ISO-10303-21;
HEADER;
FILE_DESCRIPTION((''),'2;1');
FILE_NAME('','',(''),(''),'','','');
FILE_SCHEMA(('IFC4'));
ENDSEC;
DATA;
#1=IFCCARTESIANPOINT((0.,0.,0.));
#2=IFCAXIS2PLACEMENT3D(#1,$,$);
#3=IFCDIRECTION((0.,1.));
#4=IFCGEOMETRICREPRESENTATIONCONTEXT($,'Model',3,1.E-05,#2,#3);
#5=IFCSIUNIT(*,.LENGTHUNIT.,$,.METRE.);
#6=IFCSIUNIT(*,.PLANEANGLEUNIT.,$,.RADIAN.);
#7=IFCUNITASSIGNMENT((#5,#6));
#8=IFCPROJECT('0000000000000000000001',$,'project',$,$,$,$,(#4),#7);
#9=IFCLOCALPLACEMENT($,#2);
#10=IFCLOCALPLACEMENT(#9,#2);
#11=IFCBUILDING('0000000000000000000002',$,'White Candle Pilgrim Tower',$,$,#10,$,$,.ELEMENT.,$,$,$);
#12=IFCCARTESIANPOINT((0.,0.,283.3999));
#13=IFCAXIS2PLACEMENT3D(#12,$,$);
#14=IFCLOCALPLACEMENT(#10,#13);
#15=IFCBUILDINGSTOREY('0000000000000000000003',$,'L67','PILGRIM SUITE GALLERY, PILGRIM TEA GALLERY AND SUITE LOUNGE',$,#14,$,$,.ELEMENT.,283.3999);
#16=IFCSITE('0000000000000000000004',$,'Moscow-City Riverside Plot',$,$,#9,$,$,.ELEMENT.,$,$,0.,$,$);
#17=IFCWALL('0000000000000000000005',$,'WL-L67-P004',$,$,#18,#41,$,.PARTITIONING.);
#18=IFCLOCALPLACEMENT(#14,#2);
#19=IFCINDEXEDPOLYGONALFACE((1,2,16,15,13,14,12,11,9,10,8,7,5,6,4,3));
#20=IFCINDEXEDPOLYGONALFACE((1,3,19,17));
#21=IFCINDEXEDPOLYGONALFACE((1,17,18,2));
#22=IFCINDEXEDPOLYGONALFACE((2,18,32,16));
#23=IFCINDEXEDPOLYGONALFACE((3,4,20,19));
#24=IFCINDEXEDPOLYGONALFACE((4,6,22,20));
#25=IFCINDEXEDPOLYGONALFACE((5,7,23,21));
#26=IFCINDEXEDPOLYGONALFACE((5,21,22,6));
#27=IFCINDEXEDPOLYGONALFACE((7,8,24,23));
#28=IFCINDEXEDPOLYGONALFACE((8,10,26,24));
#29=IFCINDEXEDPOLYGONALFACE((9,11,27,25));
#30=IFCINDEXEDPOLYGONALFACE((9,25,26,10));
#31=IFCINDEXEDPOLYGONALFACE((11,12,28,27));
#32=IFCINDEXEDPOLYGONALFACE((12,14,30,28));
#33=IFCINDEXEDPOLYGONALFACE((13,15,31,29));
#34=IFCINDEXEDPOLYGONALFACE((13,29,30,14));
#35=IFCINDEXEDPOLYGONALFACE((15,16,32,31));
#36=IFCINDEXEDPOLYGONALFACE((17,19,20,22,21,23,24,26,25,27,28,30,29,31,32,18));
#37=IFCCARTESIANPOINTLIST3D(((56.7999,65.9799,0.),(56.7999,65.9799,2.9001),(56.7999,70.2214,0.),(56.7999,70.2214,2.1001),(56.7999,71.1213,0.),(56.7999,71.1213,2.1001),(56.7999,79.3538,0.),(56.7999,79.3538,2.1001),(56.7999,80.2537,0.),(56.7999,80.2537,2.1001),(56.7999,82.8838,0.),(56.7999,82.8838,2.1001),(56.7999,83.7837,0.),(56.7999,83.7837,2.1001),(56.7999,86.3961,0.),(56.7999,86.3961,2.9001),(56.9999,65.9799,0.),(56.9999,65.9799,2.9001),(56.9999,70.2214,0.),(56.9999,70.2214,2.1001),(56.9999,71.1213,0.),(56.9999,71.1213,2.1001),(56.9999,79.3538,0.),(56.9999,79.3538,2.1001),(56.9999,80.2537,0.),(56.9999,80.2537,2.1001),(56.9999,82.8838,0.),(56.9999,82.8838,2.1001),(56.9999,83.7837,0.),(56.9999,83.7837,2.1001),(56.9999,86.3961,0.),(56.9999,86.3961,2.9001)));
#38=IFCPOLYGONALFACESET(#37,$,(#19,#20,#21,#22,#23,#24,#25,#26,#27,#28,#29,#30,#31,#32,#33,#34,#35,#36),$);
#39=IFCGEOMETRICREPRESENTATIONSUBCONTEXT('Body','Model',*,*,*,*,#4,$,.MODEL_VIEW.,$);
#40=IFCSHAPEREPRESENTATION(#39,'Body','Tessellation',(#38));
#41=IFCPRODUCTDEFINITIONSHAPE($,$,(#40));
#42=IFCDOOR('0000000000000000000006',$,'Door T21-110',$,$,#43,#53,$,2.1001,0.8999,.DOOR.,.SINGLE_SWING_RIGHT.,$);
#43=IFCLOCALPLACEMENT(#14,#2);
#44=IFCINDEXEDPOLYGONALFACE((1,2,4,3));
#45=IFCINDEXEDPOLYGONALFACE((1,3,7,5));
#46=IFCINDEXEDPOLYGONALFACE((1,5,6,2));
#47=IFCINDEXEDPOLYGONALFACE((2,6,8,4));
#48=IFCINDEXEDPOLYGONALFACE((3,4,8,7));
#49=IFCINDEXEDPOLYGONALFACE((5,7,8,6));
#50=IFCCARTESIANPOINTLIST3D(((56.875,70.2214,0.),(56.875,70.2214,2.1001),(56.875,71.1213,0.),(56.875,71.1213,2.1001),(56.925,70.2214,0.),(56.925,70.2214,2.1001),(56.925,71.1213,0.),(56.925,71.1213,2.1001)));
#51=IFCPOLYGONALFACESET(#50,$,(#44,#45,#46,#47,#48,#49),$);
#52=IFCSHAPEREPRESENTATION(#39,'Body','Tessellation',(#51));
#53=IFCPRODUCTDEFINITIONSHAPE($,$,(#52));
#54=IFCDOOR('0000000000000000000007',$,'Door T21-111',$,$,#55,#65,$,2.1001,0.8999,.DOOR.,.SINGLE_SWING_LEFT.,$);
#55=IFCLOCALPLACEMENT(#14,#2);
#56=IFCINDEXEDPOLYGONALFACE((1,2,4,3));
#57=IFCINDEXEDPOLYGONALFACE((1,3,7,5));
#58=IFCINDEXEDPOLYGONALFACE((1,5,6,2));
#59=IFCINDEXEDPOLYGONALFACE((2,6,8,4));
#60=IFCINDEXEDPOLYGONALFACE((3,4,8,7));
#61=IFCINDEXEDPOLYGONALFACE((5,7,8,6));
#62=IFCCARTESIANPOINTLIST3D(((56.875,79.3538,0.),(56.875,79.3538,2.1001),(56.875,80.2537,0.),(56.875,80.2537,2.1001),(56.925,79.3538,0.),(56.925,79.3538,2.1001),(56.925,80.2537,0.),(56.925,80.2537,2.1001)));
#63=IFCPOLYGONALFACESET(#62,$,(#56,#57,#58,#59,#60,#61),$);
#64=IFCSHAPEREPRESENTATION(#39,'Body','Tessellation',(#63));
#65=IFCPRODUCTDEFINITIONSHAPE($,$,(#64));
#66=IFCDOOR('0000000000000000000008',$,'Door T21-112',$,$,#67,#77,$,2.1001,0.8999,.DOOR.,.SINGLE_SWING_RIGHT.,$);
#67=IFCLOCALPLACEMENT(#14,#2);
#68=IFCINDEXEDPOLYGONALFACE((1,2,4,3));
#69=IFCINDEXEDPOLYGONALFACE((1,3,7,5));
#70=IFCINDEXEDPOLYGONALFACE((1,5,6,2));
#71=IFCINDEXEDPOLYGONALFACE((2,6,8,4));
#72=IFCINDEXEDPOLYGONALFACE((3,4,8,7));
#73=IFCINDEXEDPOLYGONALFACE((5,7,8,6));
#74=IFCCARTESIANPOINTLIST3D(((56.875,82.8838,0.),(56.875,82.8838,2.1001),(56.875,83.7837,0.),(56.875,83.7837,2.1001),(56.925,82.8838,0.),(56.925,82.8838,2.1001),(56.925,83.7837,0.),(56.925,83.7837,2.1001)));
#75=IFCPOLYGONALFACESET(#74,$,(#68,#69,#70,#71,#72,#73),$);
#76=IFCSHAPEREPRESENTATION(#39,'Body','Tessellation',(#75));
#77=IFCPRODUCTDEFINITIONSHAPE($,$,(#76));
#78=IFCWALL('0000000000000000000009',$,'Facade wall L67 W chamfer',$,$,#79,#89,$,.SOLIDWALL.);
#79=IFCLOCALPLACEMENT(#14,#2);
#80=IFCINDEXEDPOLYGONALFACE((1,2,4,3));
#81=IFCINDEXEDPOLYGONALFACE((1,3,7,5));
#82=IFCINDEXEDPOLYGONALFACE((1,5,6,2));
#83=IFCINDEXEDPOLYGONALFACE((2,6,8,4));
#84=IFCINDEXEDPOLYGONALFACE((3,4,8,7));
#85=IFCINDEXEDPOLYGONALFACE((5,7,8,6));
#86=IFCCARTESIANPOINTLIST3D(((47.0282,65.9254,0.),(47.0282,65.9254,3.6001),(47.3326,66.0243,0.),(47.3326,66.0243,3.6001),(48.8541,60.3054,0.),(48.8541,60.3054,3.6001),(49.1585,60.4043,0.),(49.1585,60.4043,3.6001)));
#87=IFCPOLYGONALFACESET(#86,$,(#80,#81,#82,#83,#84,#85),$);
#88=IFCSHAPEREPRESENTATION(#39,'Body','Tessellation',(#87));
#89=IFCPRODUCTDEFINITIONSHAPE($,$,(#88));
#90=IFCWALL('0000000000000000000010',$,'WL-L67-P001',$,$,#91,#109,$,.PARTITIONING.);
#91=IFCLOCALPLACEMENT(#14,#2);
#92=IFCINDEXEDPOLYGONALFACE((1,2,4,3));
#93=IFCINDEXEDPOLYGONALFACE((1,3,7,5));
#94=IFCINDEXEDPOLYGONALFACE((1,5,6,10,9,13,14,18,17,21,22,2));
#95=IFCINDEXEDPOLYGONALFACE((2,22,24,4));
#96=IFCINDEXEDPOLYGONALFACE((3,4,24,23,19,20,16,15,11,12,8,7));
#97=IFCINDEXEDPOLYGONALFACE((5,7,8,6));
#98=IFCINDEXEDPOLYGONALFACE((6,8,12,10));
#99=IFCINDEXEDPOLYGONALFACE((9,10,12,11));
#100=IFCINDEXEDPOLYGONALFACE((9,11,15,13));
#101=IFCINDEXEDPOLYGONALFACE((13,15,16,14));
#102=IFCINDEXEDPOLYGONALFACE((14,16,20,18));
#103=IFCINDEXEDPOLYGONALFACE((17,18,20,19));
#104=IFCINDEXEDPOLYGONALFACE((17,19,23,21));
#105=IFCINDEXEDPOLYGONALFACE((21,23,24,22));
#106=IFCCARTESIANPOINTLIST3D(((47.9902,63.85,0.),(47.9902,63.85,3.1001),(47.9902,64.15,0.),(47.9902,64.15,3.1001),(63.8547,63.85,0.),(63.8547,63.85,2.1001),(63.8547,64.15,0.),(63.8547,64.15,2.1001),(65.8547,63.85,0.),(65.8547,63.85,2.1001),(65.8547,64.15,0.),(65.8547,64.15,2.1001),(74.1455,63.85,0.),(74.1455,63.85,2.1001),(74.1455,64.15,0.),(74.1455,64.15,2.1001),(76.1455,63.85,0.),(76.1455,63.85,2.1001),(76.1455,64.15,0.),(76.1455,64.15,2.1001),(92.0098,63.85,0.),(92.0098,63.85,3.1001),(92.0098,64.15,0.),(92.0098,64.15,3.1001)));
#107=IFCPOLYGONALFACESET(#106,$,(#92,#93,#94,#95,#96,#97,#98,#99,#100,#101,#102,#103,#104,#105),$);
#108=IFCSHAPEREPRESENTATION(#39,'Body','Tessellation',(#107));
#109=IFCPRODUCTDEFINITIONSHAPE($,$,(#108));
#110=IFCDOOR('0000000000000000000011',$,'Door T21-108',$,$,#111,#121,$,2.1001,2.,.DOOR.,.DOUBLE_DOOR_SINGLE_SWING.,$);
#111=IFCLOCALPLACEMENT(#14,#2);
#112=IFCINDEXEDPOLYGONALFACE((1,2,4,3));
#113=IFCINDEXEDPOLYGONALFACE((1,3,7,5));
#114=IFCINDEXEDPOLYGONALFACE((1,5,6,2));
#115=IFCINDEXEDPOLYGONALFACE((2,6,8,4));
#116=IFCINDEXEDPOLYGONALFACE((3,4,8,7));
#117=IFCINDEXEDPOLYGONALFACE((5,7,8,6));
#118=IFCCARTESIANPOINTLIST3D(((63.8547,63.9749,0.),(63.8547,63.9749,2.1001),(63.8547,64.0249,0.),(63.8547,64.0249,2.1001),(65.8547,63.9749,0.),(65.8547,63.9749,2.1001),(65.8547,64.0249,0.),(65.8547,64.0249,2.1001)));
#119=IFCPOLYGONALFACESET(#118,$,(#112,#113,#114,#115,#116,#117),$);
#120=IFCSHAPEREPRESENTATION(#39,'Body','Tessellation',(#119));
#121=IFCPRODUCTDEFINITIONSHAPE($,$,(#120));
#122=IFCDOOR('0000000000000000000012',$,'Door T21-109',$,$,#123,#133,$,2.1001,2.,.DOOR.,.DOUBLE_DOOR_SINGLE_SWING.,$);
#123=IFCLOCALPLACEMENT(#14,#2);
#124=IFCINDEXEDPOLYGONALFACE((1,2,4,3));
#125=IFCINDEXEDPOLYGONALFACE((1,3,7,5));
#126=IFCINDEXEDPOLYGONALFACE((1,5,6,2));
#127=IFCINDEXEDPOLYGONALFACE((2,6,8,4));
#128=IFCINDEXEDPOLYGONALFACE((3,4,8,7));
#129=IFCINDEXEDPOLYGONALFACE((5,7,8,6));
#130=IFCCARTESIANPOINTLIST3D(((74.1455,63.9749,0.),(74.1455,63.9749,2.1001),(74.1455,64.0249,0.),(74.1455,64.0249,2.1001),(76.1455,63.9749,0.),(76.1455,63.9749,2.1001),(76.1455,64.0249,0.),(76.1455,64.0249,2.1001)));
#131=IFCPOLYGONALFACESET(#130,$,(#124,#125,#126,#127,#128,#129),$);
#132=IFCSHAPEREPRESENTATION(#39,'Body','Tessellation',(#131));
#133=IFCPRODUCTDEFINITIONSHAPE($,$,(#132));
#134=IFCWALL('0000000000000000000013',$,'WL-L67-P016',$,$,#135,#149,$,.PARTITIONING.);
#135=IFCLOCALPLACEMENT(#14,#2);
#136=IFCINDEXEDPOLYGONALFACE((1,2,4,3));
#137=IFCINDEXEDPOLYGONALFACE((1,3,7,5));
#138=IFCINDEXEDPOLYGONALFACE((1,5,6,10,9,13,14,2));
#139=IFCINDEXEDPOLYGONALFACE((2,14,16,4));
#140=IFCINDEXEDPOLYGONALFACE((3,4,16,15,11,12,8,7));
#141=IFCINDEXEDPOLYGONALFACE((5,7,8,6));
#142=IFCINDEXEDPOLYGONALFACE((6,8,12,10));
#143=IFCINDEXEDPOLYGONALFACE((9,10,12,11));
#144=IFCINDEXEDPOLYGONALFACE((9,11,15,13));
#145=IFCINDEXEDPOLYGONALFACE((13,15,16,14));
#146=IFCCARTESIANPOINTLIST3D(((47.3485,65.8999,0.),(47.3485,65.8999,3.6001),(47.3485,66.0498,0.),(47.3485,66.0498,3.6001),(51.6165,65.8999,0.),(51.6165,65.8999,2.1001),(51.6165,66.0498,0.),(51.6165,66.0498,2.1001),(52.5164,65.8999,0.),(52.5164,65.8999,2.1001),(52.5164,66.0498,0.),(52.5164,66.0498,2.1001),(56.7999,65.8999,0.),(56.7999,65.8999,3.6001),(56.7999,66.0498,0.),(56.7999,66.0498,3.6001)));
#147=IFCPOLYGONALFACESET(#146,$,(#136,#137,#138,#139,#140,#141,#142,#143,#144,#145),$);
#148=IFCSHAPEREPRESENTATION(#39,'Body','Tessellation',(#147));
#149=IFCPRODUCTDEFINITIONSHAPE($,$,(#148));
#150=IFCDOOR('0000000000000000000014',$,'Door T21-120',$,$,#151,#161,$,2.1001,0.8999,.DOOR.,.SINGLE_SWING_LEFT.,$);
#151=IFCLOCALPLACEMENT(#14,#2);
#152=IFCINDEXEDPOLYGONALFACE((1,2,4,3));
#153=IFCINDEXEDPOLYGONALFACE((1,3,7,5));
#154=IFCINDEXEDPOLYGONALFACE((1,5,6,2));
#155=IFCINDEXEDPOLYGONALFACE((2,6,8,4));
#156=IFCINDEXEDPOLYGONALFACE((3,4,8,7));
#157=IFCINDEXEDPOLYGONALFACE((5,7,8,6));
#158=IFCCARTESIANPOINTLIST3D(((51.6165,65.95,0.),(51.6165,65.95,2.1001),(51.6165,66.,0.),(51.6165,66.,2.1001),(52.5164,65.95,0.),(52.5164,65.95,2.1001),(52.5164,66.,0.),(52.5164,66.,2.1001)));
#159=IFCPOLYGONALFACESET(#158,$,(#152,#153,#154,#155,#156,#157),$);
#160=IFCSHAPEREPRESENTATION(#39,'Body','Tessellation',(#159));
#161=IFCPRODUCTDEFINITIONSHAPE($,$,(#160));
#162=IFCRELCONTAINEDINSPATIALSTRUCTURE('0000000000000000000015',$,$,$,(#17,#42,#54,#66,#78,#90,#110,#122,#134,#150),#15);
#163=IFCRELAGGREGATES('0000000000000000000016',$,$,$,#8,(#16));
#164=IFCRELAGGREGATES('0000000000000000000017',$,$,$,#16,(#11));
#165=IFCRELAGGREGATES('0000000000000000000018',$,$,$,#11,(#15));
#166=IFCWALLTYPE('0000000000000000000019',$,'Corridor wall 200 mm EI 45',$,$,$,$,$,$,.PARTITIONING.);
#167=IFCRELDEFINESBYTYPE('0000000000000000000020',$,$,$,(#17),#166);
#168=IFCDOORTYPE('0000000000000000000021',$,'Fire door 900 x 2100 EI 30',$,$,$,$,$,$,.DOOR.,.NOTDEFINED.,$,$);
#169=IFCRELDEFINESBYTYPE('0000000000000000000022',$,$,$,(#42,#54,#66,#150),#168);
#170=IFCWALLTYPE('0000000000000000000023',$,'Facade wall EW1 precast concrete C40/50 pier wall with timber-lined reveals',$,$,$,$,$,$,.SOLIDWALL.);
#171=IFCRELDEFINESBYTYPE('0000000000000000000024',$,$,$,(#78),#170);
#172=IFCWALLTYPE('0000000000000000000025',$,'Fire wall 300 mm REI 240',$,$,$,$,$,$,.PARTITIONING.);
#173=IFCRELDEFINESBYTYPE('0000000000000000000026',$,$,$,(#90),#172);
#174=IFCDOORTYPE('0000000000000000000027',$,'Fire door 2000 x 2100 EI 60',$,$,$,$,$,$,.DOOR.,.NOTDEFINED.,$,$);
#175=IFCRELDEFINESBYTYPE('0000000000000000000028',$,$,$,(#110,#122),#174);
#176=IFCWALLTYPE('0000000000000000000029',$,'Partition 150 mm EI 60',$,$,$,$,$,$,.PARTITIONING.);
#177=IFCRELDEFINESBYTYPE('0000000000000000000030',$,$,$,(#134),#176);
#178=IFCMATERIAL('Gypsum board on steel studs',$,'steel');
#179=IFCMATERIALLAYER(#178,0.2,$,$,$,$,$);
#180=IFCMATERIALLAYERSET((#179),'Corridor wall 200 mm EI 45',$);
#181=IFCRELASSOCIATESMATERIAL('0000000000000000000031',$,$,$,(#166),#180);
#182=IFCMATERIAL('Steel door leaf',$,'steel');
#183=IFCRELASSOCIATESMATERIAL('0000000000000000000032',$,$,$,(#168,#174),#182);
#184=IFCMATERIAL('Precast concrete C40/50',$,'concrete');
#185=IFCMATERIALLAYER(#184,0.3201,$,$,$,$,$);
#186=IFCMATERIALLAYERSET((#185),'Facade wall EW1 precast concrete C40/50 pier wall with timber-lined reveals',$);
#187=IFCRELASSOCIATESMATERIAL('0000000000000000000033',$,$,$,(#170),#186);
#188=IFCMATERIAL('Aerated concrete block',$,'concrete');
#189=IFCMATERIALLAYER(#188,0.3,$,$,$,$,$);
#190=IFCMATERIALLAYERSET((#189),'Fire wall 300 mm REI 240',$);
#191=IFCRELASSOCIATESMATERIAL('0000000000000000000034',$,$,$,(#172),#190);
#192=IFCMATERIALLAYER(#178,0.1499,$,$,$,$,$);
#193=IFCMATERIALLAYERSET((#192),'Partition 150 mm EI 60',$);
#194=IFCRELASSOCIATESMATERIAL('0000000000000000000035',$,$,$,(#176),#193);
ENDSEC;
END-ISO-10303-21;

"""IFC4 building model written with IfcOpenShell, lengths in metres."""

from ifc_helpers import new_model, si_unit, direction, frame, frame_2d, origin, place, context, subcontext, project, spatial, rectangle, extrude, material, layer, layer_set, type_object, element, fill, save


model = new_model("IFC4")

# Units and contexts
model_context = context("Model", 3, precision=1e-05, world=origin(), true_north=direction((0.0, 1.0)))
body_context = subcontext(model_context, "Body", "Model", "MODEL_VIEW")
ifc_project = project(units=[si_unit("LENGTHUNIT", "METRE"), si_unit("PLANEANGLEUNIT", "RADIAN")], contexts=[model_context])

# Site, building, storey
site_placement = place(None, origin())
site = spatial("IfcSite", under=ifc_project, at=site_placement, Name="Moscow-City Riverside Plot", CompositionType="ELEMENT", RefElevation=0.0)
building_placement = place(site_placement, origin())
building = spatial("IfcBuilding", under=site, at=building_placement, Name="White Candle Pilgrim Tower", CompositionType="ELEMENT")
storey_placement = place(building_placement, frame((0.0, 0.0, 283.3999)))
storey = spatial("IfcBuildingStorey", under=building, at=storey_placement, Name="L67", Description="PILGRIM SUITE GALLERY, PILGRIM TEA GALLERY AND SUITE LOUNGE", CompositionType="ELEMENT", Elevation=283.3999)

# Wall, openings, doors
ifc_material_1 = material(Name="Gypsum board on steel studs", Category="steel")
ifc_layer_1 = layer(ifc_material_1, 0.2)
ifc_layer_set_1 = layer_set([ifc_layer_1], Name="Corridor wall 200 mm EI 45")
wall_type_1 = type_object("IfcWallType", Name="Corridor wall 200 mm EI 45", PredefinedType="PARTITIONING", material=ifc_layer_set_1)
wall_1_placement = place(storey_placement, frame((56.8999, 65.98, 0.0), z_axis=(0.0, 0.0, 1.0), x_axis=(0.0, 1.0, 0.0)))
wall_1 = element("IfcWall", 1, at=wall_1_placement, inside=storey, type_object=wall_type_1, Name="WL-L67-P004", PredefinedType="PARTITIONING", context=body_context, shape_type="SweptSolid", body=[
    extrude(rectangle(XDim=20.4163, YDim=0.2, at=frame_2d((10.208, 0.0))), origin(), (0.0, 0.0, 1.0), 2.9001),
])
opening_1_placement = place(wall_1_placement, frame((4.2415, 0.0, 0.0)))
opening_1 = element("IfcOpeningElement", 2, at=opening_1_placement, cuts=wall_1, PredefinedType="OPENING", context=body_context, shape_type="SweptSolid", body=[
    extrude(rectangle(XDim=0.8999, YDim=2.1001, at=frame_2d((0.45, 1.05))), frame((0.0, 0.1099, 0.0), z_axis=(0.0, -1.0, 0.0), x_axis=(1.0, 0.0, 0.0)), (0.0, 0.0, 1.0), 0.22),
])
opening_2_placement = place(wall_1_placement, frame((13.3738, 0.0, 0.0)))
opening_2 = element("IfcOpeningElement", 3, at=opening_2_placement, cuts=wall_1, PredefinedType="OPENING", context=body_context, shape_type="SweptSolid", body=[
    extrude(rectangle(XDim=0.8999, YDim=2.1001, at=frame_2d((0.45, 1.05))), frame((0.0, 0.1099, 0.0), z_axis=(0.0, -1.0, 0.0), x_axis=(1.0, 0.0, 0.0)), (0.0, 0.0, 1.0), 0.22),
])
opening_3_placement = place(wall_1_placement, frame((16.9038, 0.0, 0.0)))
opening_3 = element("IfcOpeningElement", 4, at=opening_3_placement, cuts=wall_1, PredefinedType="OPENING", context=body_context, shape_type="SweptSolid", body=[
    extrude(rectangle(XDim=0.8999, YDim=2.1001, at=frame_2d((0.45, 1.05))), frame((0.0, 0.1099, 0.0), z_axis=(0.0, -1.0, 0.0), x_axis=(1.0, 0.0, 0.0)), (0.0, 0.0, 1.0), 0.22),
])
ifc_material_2 = material(Name="Steel door leaf", Category="steel")
door_type_1 = type_object("IfcDoorType", Name="Fire door 900 x 2100 EI 30", OperationType="NOTDEFINED", PredefinedType="DOOR", material=ifc_material_2)
door_1_placement = place(opening_1_placement, origin())
door_1 = element("IfcDoor", 5, at=door_1_placement, inside=storey, type_object=door_type_1, Name="Door T21-110", OperationType="SINGLE_SWING_RIGHT", OverallHeight=2.1001, OverallWidth=0.8999, PredefinedType="DOOR", context=body_context, shape_type="SweptSolid", body=[
    extrude(rectangle(XDim=0.8999, YDim=2.1001, at=frame_2d((0.45, 1.05))), frame((0.0, 0.0249, 0.0), z_axis=(0.0, -1.0, 0.0), x_axis=(1.0, 0.0, 0.0)), (0.0, 0.0, 1.0), 0.05),
])
fill(opening_1, door_1)
door_2_placement = place(opening_2_placement, origin())
door_2 = element("IfcDoor", 6, at=door_2_placement, inside=storey, type_object=door_type_1, Name="Door T21-111", OperationType="SINGLE_SWING_LEFT", OverallHeight=2.1001, OverallWidth=0.8999, PredefinedType="DOOR", context=body_context, shape_type="SweptSolid", body=[
    extrude(rectangle(XDim=0.8999, YDim=2.1001, at=frame_2d((0.45, 1.05))), frame((0.0, 0.0249, 0.0), z_axis=(0.0, -1.0, 0.0), x_axis=(1.0, 0.0, 0.0)), (0.0, 0.0, 1.0), 0.05),
])
fill(opening_2, door_2)
door_3_placement = place(opening_3_placement, origin())
door_3 = element("IfcDoor", 7, at=door_3_placement, inside=storey, type_object=door_type_1, Name="Door T21-112", OperationType="SINGLE_SWING_RIGHT", OverallHeight=2.1001, OverallWidth=0.8999, PredefinedType="DOOR", context=body_context, shape_type="SweptSolid", body=[
    extrude(rectangle(XDim=0.8999, YDim=2.1001, at=frame_2d((0.45, 1.05))), frame((0.0, 0.0249, 0.0), z_axis=(0.0, -1.0, 0.0), x_axis=(1.0, 0.0, 0.0)), (0.0, 0.0, 1.0), 0.05),
])
fill(opening_3, door_3)

# Wall
ifc_material_3 = material(Name="Precast concrete C40/50", Category="concrete")
ifc_layer_2 = layer(ifc_material_3, 0.3201)
ifc_layer_set_2 = layer_set([ifc_layer_2], Name="Facade wall EW1 precast concrete C40/50 pier wall with timber-lined reveals")
wall_type_2 = type_object("IfcWallType", Name="Facade wall EW1 precast concrete C40/50 pier wall with timber-lined reveals", PredefinedType="SOLIDWALL", material=ifc_layer_set_2)
wall_2_placement = place(storey_placement, frame((47.1804, 65.9749, 0.0), z_axis=(0.0, 0.0, 1.0), x_axis=(0.308993, -0.951064, 0.0)))
element("IfcWall", 8, at=wall_2_placement, inside=storey, type_object=wall_type_2, Name="Facade wall L67 W chamfer", PredefinedType="SOLIDWALL", context=body_context, shape_type="SweptSolid", body=[
    extrude(rectangle(XDim=5.9092, YDim=0.3201, at=frame_2d((2.9546, 0.0))), origin(), (0.0, 0.0, 1.0), 3.6001),
])

# Wall, openings, doors
ifc_material_4 = material(Name="Aerated concrete block", Category="concrete")
ifc_layer_3 = layer(ifc_material_4, 0.3)
ifc_layer_set_3 = layer_set([ifc_layer_3], Name="Fire wall 300 mm REI 240")
wall_type_3 = type_object("IfcWallType", Name="Fire wall 300 mm REI 240", PredefinedType="PARTITIONING", material=ifc_layer_set_3)
wall_3_placement = place(storey_placement, frame((47.9902, 64.0, 0.0), z_axis=(0.0, 0.0, 1.0), x_axis=(1.0, 0.0, 0.0)))
wall_3 = element("IfcWall", 9, at=wall_3_placement, inside=storey, type_object=wall_type_3, Name="WL-L67-P001", PredefinedType="PARTITIONING", context=body_context, shape_type="SweptSolid", body=[
    extrude(rectangle(XDim=44.0195, YDim=0.3, at=frame_2d((22.0098, 0.0))), origin(), (0.0, 0.0, 1.0), 3.1001),
])
opening_4_placement = place(wall_3_placement, frame((15.8645, 0.0, 0.0)))
opening_4 = element("IfcOpeningElement", 10, at=opening_4_placement, cuts=wall_3, PredefinedType="OPENING", context=body_context, shape_type="SweptSolid", body=[
    extrude(rectangle(XDim=2.0, YDim=2.1001, at=frame_2d((1.0, 1.05))), frame((0.0, 0.1599, 0.0), z_axis=(0.0, -1.0, 0.0), x_axis=(1.0, 0.0, 0.0)), (0.0, 0.0, 1.0), 0.3201),
])
opening_5_placement = place(wall_3_placement, frame((26.1553, 0.0, 0.0)))
opening_5 = element("IfcOpeningElement", 11, at=opening_5_placement, cuts=wall_3, PredefinedType="OPENING", context=body_context, shape_type="SweptSolid", body=[
    extrude(rectangle(XDim=2.0, YDim=2.1001, at=frame_2d((1.0, 1.05))), frame((0.0, 0.1599, 0.0), z_axis=(0.0, -1.0, 0.0), x_axis=(1.0, 0.0, 0.0)), (0.0, 0.0, 1.0), 0.3201),
])
door_type_2 = type_object("IfcDoorType", Name="Fire door 2000 x 2100 EI 60", OperationType="NOTDEFINED", PredefinedType="DOOR", material=ifc_material_2)
door_4_placement = place(opening_4_placement, origin())
door_4 = element("IfcDoor", 12, at=door_4_placement, inside=storey, type_object=door_type_2, Name="Door T21-108", OperationType="DOUBLE_DOOR_SINGLE_SWING", OverallHeight=2.1001, OverallWidth=2.0, PredefinedType="DOOR", context=body_context, shape_type="SweptSolid", body=[
    extrude(rectangle(XDim=2.0, YDim=2.1001, at=frame_2d((1.0, 1.05))), frame((0.0, 0.0249, 0.0), z_axis=(0.0, -1.0, 0.0), x_axis=(1.0, 0.0, 0.0)), (0.0, 0.0, 1.0), 0.05),
])
fill(opening_4, door_4)
door_5_placement = place(opening_5_placement, origin())
door_5 = element("IfcDoor", 13, at=door_5_placement, inside=storey, type_object=door_type_2, Name="Door T21-109", OperationType="DOUBLE_DOOR_SINGLE_SWING", OverallHeight=2.1001, OverallWidth=2.0, PredefinedType="DOOR", context=body_context, shape_type="SweptSolid", body=[
    extrude(rectangle(XDim=2.0, YDim=2.1001, at=frame_2d((1.0, 1.05))), frame((0.0, 0.0249, 0.0), z_axis=(0.0, -1.0, 0.0), x_axis=(1.0, 0.0, 0.0)), (0.0, 0.0, 1.0), 0.05),
])
fill(opening_5, door_5)

# Wall, opening, door
ifc_layer_4 = layer(ifc_material_1, 0.1499)
ifc_layer_set_4 = layer_set([ifc_layer_4], Name="Partition 150 mm EI 60")
wall_type_4 = type_object("IfcWallType", Name="Partition 150 mm EI 60", PredefinedType="PARTITIONING", material=ifc_layer_set_4)
wall_4_placement = place(storey_placement, frame((47.3486, 65.9749, 0.0), z_axis=(0.0, 0.0, 1.0), x_axis=(1.0, 0.0, 0.0)))
wall_4 = element("IfcWall", 14, at=wall_4_placement, inside=storey, type_object=wall_type_4, Name="WL-L67-P016", PredefinedType="PARTITIONING", context=body_context, shape_type="SweptSolid", body=[
    extrude(rectangle(XDim=9.4514, YDim=0.1499, at=frame_2d((4.7256, 0.0))), origin(), (0.0, 0.0, 1.0), 3.6001),
])
opening_6_placement = place(wall_4_placement, frame((4.2678, 0.0, 0.0)))
opening_6 = element("IfcOpeningElement", 15, at=opening_6_placement, cuts=wall_4, PredefinedType="OPENING", context=body_context, shape_type="SweptSolid", body=[
    extrude(rectangle(XDim=0.8999, YDim=2.1001, at=frame_2d((0.45, 1.05))), frame((0.0, 0.085, 0.0), z_axis=(0.0, -1.0, 0.0), x_axis=(1.0, 0.0, 0.0)), (0.0, 0.0, 1.0), 0.1699),
])
door_6_placement = place(opening_6_placement, frame((0.8999, 0.0, 0.0), z_axis=(0.0, 0.0, 1.0), x_axis=(-1.0, 0.0, 0.0)))
door_6 = element("IfcDoor", 16, at=door_6_placement, inside=storey, type_object=door_type_1, Name="Door T21-120", OperationType="SINGLE_SWING_LEFT", OverallHeight=2.1001, OverallWidth=0.8999, PredefinedType="DOOR", context=body_context, shape_type="SweptSolid", body=[
    extrude(rectangle(XDim=0.8999, YDim=2.1001, at=frame_2d((0.45, 1.05))), frame((0.0, 0.0249, 0.0), z_axis=(0.0, -1.0, 0.0), x_axis=(1.0, 0.0, 0.0)), (0.0, 0.0, 1.0), 0.05),
])
fill(opening_6, door_6)

save(model, "model.ifc")
